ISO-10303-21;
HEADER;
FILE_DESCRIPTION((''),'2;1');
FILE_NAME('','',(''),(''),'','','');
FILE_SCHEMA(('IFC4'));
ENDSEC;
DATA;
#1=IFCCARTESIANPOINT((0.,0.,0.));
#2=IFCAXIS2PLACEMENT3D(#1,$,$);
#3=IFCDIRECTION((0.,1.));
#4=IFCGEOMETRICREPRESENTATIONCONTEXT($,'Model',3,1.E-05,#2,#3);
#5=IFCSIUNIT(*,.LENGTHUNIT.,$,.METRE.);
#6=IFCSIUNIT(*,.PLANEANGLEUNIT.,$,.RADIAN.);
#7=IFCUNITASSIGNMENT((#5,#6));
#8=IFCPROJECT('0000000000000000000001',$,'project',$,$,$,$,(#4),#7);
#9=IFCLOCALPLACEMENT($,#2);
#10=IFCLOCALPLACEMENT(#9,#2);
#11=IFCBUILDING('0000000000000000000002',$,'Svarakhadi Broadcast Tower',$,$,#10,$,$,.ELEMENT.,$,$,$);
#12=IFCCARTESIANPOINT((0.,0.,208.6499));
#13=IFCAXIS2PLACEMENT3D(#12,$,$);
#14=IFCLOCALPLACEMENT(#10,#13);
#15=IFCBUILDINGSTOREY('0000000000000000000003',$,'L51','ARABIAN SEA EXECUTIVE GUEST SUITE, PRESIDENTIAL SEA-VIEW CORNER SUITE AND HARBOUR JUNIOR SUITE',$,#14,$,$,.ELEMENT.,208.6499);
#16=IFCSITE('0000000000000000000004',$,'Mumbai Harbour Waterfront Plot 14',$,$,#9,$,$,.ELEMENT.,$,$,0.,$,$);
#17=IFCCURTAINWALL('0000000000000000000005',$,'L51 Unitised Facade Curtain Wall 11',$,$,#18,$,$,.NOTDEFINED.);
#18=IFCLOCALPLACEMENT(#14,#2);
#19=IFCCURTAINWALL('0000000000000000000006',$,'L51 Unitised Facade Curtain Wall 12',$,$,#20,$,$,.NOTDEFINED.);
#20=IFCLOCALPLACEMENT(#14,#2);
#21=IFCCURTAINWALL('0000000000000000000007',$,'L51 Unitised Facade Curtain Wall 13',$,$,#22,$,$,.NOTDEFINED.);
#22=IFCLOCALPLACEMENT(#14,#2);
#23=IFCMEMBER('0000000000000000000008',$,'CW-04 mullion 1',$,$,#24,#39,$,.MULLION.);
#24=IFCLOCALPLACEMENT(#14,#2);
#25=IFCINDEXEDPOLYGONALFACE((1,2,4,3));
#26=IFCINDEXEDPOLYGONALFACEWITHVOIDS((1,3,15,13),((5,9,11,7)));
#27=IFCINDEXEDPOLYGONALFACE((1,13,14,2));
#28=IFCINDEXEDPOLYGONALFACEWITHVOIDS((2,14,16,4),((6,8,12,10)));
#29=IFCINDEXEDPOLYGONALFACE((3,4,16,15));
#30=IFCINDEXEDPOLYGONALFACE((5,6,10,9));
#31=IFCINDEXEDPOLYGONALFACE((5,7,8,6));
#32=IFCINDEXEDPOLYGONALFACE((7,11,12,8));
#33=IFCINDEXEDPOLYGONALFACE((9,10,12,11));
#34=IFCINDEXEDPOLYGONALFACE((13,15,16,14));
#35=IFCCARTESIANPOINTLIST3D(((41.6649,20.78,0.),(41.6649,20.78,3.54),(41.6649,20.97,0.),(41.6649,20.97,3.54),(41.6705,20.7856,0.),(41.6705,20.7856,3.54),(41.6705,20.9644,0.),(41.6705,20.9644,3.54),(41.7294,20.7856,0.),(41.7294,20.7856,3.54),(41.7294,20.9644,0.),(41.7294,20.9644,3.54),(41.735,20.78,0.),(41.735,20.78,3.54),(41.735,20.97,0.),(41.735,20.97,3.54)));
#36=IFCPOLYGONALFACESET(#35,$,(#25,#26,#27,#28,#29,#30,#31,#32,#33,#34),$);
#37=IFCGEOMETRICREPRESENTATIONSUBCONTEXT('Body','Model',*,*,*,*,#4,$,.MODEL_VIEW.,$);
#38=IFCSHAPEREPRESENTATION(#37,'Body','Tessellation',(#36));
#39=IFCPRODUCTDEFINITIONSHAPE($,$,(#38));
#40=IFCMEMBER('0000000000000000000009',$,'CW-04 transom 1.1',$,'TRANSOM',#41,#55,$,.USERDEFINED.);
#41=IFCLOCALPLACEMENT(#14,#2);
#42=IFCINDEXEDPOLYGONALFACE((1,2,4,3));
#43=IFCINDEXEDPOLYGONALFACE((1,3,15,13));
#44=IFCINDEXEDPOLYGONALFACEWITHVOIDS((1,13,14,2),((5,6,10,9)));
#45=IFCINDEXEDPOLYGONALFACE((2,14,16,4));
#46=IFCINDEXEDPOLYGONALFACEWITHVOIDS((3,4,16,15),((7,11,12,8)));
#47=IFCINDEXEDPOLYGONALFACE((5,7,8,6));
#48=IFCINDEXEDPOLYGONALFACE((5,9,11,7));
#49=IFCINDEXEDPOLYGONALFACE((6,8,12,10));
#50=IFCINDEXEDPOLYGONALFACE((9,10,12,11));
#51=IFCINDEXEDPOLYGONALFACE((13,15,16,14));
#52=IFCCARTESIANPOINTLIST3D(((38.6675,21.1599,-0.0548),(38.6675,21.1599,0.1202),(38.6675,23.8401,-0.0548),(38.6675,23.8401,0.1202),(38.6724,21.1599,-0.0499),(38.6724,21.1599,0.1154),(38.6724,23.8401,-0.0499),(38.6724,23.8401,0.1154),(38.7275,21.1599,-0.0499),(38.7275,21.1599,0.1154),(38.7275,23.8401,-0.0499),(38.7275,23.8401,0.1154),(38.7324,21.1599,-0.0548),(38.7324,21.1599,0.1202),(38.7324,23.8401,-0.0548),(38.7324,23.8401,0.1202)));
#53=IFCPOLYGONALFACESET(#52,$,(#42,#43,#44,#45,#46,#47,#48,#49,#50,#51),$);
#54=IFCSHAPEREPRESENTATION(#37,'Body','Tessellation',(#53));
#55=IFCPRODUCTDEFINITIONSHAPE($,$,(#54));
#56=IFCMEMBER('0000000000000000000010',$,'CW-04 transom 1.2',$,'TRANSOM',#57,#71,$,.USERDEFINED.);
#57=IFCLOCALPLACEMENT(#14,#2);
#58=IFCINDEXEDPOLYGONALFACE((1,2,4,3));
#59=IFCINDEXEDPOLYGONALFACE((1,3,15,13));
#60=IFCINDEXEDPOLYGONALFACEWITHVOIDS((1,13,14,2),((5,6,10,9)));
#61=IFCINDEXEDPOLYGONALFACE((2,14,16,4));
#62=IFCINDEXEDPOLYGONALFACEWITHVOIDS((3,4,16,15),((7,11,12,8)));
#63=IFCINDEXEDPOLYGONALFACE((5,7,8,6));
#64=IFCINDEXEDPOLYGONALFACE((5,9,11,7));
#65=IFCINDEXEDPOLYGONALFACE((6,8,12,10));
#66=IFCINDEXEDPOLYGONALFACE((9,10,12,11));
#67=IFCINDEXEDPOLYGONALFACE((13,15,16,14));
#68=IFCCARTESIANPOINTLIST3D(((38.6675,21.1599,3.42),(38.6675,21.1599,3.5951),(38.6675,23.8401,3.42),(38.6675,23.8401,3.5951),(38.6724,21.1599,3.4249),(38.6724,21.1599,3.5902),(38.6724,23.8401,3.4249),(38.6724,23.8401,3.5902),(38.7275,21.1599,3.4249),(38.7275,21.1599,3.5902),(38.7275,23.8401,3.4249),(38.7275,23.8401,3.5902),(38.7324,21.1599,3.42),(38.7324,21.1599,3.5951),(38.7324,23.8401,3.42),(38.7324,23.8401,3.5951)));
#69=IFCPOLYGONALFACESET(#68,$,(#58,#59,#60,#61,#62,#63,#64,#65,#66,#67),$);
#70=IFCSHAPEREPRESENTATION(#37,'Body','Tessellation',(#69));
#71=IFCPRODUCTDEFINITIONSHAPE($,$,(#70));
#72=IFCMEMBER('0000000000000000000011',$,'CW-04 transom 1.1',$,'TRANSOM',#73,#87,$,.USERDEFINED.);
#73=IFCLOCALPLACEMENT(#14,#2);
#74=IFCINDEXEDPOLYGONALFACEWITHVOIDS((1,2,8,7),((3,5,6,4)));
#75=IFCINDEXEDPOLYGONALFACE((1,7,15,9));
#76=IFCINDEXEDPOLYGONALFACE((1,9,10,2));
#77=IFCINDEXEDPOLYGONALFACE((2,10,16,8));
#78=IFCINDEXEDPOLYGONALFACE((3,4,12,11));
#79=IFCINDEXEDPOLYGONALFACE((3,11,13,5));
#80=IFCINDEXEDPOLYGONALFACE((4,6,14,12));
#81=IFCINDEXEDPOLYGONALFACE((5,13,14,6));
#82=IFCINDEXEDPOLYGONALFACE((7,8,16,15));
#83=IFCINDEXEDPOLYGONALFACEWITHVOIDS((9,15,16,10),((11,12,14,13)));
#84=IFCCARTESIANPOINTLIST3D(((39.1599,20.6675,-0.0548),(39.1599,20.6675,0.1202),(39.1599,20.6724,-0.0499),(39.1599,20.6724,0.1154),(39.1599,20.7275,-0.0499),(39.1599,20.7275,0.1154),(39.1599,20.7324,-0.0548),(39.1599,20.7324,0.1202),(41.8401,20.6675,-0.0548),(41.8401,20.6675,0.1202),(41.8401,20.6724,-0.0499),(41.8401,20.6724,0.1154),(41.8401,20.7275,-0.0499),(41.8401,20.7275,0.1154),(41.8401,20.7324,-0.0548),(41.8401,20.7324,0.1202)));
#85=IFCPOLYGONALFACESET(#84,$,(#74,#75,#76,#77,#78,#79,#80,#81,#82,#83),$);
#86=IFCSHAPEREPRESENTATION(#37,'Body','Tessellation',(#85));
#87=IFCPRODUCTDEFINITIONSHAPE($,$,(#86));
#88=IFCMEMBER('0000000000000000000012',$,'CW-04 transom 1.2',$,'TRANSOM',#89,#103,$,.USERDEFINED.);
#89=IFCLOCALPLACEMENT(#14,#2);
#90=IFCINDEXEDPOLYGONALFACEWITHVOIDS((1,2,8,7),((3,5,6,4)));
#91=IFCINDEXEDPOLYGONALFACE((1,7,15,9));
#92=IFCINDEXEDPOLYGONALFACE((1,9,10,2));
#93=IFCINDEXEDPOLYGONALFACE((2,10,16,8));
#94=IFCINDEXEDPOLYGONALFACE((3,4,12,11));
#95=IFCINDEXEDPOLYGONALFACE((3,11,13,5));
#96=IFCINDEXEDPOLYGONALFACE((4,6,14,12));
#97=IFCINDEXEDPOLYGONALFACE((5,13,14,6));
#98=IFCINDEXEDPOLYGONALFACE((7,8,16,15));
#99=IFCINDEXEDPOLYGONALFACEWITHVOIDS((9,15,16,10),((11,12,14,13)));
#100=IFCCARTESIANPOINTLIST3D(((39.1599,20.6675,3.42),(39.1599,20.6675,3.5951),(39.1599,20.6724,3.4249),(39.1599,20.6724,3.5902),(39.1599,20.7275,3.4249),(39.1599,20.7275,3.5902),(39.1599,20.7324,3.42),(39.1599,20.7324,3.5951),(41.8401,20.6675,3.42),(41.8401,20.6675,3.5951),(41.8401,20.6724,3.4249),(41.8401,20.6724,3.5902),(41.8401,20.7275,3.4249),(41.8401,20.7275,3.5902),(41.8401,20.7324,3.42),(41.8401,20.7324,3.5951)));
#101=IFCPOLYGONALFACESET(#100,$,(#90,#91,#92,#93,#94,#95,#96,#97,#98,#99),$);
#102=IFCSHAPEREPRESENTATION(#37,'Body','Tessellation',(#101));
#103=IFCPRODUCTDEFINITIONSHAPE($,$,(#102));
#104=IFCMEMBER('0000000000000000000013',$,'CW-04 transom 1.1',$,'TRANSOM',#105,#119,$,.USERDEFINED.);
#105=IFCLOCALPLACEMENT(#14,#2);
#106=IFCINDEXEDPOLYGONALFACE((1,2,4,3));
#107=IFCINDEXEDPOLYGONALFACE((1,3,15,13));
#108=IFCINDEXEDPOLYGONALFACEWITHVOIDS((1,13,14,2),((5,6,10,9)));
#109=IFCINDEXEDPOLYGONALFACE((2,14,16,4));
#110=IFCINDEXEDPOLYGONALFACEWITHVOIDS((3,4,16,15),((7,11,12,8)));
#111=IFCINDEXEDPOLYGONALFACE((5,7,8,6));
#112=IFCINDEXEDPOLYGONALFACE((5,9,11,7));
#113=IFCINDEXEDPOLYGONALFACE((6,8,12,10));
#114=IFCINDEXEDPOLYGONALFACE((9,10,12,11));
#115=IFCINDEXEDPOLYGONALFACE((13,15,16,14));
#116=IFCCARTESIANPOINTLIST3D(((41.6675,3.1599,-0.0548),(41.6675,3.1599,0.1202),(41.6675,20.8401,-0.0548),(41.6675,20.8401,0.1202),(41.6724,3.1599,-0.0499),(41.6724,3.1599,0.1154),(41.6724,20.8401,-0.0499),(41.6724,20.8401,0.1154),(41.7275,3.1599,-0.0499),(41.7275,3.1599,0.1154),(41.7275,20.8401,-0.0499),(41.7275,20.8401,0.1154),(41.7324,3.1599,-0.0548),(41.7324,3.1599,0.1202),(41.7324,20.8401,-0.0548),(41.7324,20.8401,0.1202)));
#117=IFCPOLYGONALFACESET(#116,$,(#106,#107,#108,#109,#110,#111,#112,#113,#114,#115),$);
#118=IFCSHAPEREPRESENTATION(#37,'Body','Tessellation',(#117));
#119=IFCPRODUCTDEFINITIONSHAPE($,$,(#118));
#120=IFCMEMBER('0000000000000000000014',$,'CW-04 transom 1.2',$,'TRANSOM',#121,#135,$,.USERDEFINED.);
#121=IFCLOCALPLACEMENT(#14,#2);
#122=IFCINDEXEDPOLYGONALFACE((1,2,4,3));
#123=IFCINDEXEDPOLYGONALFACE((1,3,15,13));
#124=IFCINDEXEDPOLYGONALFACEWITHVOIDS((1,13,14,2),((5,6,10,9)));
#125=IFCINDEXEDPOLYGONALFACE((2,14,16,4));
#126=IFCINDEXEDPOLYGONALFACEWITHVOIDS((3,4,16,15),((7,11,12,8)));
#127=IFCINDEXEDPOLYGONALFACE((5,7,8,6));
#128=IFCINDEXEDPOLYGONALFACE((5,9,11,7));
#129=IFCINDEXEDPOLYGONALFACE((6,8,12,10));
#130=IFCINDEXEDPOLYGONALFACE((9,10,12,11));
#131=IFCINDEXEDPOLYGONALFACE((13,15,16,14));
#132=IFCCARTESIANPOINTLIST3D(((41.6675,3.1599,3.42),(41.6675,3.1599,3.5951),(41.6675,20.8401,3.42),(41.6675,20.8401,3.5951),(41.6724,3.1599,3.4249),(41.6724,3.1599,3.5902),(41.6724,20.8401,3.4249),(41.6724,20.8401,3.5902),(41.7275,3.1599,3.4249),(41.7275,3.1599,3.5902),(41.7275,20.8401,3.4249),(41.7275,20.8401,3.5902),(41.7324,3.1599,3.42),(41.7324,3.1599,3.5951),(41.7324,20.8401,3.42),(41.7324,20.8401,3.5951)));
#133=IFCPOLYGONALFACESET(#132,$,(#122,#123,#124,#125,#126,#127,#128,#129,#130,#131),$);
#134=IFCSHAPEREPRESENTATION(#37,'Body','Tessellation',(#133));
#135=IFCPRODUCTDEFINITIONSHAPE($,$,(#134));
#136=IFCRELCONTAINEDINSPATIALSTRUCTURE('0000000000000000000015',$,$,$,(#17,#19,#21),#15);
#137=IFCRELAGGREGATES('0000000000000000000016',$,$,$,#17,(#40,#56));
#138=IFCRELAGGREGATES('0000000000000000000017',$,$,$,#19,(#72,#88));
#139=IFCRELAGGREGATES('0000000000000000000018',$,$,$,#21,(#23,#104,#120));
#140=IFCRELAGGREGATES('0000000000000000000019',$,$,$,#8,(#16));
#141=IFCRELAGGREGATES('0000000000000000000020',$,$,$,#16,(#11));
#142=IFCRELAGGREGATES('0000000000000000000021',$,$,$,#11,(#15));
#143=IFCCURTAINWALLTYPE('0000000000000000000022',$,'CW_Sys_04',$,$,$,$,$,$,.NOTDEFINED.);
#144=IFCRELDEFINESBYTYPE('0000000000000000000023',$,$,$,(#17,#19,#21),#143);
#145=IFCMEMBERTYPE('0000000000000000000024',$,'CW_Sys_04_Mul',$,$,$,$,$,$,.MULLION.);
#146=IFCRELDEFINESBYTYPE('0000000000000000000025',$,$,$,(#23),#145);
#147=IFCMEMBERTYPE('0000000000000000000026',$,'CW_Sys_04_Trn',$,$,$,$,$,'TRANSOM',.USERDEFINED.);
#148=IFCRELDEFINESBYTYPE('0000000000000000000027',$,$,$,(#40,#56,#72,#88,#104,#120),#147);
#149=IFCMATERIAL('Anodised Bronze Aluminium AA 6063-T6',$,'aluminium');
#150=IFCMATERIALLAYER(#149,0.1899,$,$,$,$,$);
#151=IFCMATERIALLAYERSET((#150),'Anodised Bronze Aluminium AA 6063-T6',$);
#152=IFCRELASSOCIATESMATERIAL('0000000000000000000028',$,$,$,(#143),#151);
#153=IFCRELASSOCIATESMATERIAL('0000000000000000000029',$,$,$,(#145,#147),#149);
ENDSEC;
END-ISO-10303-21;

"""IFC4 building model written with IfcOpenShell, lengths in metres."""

from ifc_helpers import new_model, si_unit, direction, frame, origin, origin_2d, place, context, subcontext, project, spatial, hollow_rectangle, extrude, material, layer, layer_set, material_profile, profile_set, type_object, element, aggregate, save


model = new_model("IFC4")

# Units and contexts
model_context = context("Model", 3, precision=1e-05, world=origin(), true_north=direction((0.0, 1.0)))
body_context = subcontext(model_context, "Body", "Model", "MODEL_VIEW")
ifc_project = project(units=[si_unit("LENGTHUNIT", "METRE"), si_unit("PLANEANGLEUNIT", "RADIAN")], contexts=[model_context])

# Site, building, storey
site_placement = place(None, origin())
site = spatial("IfcSite", under=ifc_project, at=site_placement, Name="Mumbai Harbour Waterfront Plot 14", CompositionType="ELEMENT", RefElevation=0.0)
building_placement = place(site_placement, origin())
building = spatial("IfcBuilding", under=site, at=building_placement, Name="Svarakhadi Broadcast Tower", CompositionType="ELEMENT")
storey_placement = place(building_placement, frame((0.0, 0.0, 208.6499)))
storey = spatial("IfcBuildingStorey", under=building, at=storey_placement, Name="L51", Description="ARABIAN SEA EXECUTIVE GUEST SUITE, PRESIDENTIAL SEA-VIEW CORNER SUITE AND HARBOUR JUNIOR SUITE", CompositionType="ELEMENT", Elevation=208.6499)

# Shared definitions
ifc_material_1 = material(Name="Anodised Bronze Aluminium AA 6063-T6", Category="aluminium")
ifc_layer_1 = layer(ifc_material_1, 0.1899)
ifc_layer_set_1 = layer_set([ifc_layer_1], Name="Anodised Bronze Aluminium AA 6063-T6")
curtain_wall_type = type_object("IfcCurtainWallType", Name="CW_Sys_04", PredefinedType="NOTDEFINED", material=ifc_layer_set_1)
ifc_material_profile_1 = material_profile(ifc_material_1, hollow_rectangle(XDim=0.0701, YDim=0.1899, WallThickness=0.0056, at=origin_2d()), Name="ALU MULLION 190x70x6")
ifc_profile_set_1 = profile_set([ifc_material_profile_1], Name="Anodised Bronze Aluminium AA 6063-T6")
member_type_1 = type_object("IfcMemberType", Name="CW_Sys_04_Mul", PredefinedType="MULLION", material=ifc_profile_set_1)

# Curtain walls
curtain_wall_1_placement = place(storey_placement, origin())
curtain_wall_1 = element("IfcCurtainWall", 1, at=curtain_wall_1_placement, inside=storey, type_object=curtain_wall_type, Name="L51 Unitised Facade Curtain Wall 11", PredefinedType="NOTDEFINED")
curtain_wall_2_placement = place(storey_placement, origin())
curtain_wall_2 = element("IfcCurtainWall", 2, at=curtain_wall_2_placement, inside=storey, type_object=curtain_wall_type, Name="L51 Unitised Facade Curtain Wall 12", PredefinedType="NOTDEFINED")

# Curtain wall, member
curtain_wall_3_placement = place(storey_placement, origin())
curtain_wall_3 = element("IfcCurtainWall", 3, at=curtain_wall_3_placement, inside=storey, type_object=curtain_wall_type, Name="L51 Unitised Facade Curtain Wall 13", PredefinedType="NOTDEFINED")
member_1_placement = place(storey_placement, frame((41.7, 20.875, 0.0), z_axis=(0.0, 0.0, 1.0), x_axis=(1.0, 0.0, 0.0)))
member_1 = element("IfcMember", 4, at=member_1_placement, type_object=member_type_1, Name="CW-04 mullion 1", PredefinedType="MULLION", context=body_context, shape_type="SweptSolid", body=[
    extrude(hollow_rectangle(XDim=0.0701, YDim=0.1899, WallThickness=0.0056, at=origin_2d()), origin(), (0.0, 0.0, 1.0), 3.54),
])

# Members
ifc_material_profile_2 = material_profile(ifc_material_1, hollow_rectangle(XDim=0.0649, YDim=0.175, WallThickness=0.0049, at=origin_2d()), Name="ALU TRANSOM 175x65x5")
ifc_profile_set_2 = profile_set([ifc_material_profile_2], Name="Anodised Bronze Aluminium AA 6063-T6")
member_type_2 = type_object("IfcMemberType", Name="CW_Sys_04_Trn", ElementType="TRANSOM", PredefinedType="USERDEFINED", material=ifc_profile_set_2)
member_2_placement = place(storey_placement, frame((38.7, 23.8401, 0.0327), z_axis=(0.0, -1.0, 0.0), x_axis=(1.0, 0.0, 0.0)))
member_2 = element("IfcMember", 5, at=member_2_placement, type_object=member_type_2, Name="CW-04 transom 1.1", ObjectType="TRANSOM", PredefinedType="USERDEFINED", context=body_context, shape_type="SweptSolid", body=[
    extrude(hollow_rectangle(XDim=0.0649, YDim=0.175, WallThickness=0.0049, at=origin_2d()), origin(), (0.0, 0.0, 1.0), 2.6802),
])
member_3_placement = place(storey_placement, frame((38.7, 23.8401, 3.5076), z_axis=(0.0, -1.0, 0.0), x_axis=(1.0, 0.0, 0.0)))
member_3 = element("IfcMember", 6, at=member_3_placement, type_object=member_type_2, Name="CW-04 transom 1.2", ObjectType="TRANSOM", PredefinedType="USERDEFINED", context=body_context, shape_type="SweptSolid", body=[
    extrude(hollow_rectangle(XDim=0.0649, YDim=0.175, WallThickness=0.0049, at=origin_2d()), origin(), (0.0, 0.0, 1.0), 2.6802),
])
member_4_placement = place(storey_placement, frame((39.1599, 20.7, 0.0327), z_axis=(1.0, 0.0, 0.0), x_axis=(0.0, 1.0, 0.0)))
member_4 = element("IfcMember", 7, at=member_4_placement, type_object=member_type_2, Name="CW-04 transom 1.1", ObjectType="TRANSOM", PredefinedType="USERDEFINED", context=body_context, shape_type="SweptSolid", body=[
    extrude(hollow_rectangle(XDim=0.0649, YDim=0.175, WallThickness=0.0049, at=origin_2d()), origin(), (0.0, 0.0, 1.0), 2.6802),
])
member_5_placement = place(storey_placement, frame((39.1599, 20.7, 3.5076), z_axis=(1.0, 0.0, 0.0), x_axis=(0.0, 1.0, 0.0)))
member_5 = element("IfcMember", 8, at=member_5_placement, type_object=member_type_2, Name="CW-04 transom 1.2", ObjectType="TRANSOM", PredefinedType="USERDEFINED", context=body_context, shape_type="SweptSolid", body=[
    extrude(hollow_rectangle(XDim=0.0649, YDim=0.175, WallThickness=0.0049, at=origin_2d()), origin(), (0.0, 0.0, 1.0), 2.6802),
])
member_6_placement = place(storey_placement, frame((41.7, 20.8401, 0.0327), z_axis=(0.0, -1.0, 0.0), x_axis=(1.0, 0.0, 0.0)))
member_6 = element("IfcMember", 9, at=member_6_placement, type_object=member_type_2, Name="CW-04 transom 1.1", ObjectType="TRANSOM", PredefinedType="USERDEFINED", context=body_context, shape_type="SweptSolid", body=[
    extrude(hollow_rectangle(XDim=0.0649, YDim=0.175, WallThickness=0.0049, at=origin_2d()), origin(), (0.0, 0.0, 1.0), 17.6802),
])
member_7_placement = place(storey_placement, frame((41.7, 20.8401, 3.5076), z_axis=(0.0, -1.0, 0.0), x_axis=(1.0, 0.0, 0.0)))
member_7 = element("IfcMember", 10, at=member_7_placement, type_object=member_type_2, Name="CW-04 transom 1.2", ObjectType="TRANSOM", PredefinedType="USERDEFINED", context=body_context, shape_type="SweptSolid", body=[
    extrude(hollow_rectangle(XDim=0.0649, YDim=0.175, WallThickness=0.0049, at=origin_2d()), origin(), (0.0, 0.0, 1.0), 17.6802),
])

aggregate(curtain_wall_1, [member_2, member_3])
aggregate(curtain_wall_2, [member_4, member_5])
aggregate(curtain_wall_3, [member_1, member_6, member_7])

save(model, "model.ifc")
